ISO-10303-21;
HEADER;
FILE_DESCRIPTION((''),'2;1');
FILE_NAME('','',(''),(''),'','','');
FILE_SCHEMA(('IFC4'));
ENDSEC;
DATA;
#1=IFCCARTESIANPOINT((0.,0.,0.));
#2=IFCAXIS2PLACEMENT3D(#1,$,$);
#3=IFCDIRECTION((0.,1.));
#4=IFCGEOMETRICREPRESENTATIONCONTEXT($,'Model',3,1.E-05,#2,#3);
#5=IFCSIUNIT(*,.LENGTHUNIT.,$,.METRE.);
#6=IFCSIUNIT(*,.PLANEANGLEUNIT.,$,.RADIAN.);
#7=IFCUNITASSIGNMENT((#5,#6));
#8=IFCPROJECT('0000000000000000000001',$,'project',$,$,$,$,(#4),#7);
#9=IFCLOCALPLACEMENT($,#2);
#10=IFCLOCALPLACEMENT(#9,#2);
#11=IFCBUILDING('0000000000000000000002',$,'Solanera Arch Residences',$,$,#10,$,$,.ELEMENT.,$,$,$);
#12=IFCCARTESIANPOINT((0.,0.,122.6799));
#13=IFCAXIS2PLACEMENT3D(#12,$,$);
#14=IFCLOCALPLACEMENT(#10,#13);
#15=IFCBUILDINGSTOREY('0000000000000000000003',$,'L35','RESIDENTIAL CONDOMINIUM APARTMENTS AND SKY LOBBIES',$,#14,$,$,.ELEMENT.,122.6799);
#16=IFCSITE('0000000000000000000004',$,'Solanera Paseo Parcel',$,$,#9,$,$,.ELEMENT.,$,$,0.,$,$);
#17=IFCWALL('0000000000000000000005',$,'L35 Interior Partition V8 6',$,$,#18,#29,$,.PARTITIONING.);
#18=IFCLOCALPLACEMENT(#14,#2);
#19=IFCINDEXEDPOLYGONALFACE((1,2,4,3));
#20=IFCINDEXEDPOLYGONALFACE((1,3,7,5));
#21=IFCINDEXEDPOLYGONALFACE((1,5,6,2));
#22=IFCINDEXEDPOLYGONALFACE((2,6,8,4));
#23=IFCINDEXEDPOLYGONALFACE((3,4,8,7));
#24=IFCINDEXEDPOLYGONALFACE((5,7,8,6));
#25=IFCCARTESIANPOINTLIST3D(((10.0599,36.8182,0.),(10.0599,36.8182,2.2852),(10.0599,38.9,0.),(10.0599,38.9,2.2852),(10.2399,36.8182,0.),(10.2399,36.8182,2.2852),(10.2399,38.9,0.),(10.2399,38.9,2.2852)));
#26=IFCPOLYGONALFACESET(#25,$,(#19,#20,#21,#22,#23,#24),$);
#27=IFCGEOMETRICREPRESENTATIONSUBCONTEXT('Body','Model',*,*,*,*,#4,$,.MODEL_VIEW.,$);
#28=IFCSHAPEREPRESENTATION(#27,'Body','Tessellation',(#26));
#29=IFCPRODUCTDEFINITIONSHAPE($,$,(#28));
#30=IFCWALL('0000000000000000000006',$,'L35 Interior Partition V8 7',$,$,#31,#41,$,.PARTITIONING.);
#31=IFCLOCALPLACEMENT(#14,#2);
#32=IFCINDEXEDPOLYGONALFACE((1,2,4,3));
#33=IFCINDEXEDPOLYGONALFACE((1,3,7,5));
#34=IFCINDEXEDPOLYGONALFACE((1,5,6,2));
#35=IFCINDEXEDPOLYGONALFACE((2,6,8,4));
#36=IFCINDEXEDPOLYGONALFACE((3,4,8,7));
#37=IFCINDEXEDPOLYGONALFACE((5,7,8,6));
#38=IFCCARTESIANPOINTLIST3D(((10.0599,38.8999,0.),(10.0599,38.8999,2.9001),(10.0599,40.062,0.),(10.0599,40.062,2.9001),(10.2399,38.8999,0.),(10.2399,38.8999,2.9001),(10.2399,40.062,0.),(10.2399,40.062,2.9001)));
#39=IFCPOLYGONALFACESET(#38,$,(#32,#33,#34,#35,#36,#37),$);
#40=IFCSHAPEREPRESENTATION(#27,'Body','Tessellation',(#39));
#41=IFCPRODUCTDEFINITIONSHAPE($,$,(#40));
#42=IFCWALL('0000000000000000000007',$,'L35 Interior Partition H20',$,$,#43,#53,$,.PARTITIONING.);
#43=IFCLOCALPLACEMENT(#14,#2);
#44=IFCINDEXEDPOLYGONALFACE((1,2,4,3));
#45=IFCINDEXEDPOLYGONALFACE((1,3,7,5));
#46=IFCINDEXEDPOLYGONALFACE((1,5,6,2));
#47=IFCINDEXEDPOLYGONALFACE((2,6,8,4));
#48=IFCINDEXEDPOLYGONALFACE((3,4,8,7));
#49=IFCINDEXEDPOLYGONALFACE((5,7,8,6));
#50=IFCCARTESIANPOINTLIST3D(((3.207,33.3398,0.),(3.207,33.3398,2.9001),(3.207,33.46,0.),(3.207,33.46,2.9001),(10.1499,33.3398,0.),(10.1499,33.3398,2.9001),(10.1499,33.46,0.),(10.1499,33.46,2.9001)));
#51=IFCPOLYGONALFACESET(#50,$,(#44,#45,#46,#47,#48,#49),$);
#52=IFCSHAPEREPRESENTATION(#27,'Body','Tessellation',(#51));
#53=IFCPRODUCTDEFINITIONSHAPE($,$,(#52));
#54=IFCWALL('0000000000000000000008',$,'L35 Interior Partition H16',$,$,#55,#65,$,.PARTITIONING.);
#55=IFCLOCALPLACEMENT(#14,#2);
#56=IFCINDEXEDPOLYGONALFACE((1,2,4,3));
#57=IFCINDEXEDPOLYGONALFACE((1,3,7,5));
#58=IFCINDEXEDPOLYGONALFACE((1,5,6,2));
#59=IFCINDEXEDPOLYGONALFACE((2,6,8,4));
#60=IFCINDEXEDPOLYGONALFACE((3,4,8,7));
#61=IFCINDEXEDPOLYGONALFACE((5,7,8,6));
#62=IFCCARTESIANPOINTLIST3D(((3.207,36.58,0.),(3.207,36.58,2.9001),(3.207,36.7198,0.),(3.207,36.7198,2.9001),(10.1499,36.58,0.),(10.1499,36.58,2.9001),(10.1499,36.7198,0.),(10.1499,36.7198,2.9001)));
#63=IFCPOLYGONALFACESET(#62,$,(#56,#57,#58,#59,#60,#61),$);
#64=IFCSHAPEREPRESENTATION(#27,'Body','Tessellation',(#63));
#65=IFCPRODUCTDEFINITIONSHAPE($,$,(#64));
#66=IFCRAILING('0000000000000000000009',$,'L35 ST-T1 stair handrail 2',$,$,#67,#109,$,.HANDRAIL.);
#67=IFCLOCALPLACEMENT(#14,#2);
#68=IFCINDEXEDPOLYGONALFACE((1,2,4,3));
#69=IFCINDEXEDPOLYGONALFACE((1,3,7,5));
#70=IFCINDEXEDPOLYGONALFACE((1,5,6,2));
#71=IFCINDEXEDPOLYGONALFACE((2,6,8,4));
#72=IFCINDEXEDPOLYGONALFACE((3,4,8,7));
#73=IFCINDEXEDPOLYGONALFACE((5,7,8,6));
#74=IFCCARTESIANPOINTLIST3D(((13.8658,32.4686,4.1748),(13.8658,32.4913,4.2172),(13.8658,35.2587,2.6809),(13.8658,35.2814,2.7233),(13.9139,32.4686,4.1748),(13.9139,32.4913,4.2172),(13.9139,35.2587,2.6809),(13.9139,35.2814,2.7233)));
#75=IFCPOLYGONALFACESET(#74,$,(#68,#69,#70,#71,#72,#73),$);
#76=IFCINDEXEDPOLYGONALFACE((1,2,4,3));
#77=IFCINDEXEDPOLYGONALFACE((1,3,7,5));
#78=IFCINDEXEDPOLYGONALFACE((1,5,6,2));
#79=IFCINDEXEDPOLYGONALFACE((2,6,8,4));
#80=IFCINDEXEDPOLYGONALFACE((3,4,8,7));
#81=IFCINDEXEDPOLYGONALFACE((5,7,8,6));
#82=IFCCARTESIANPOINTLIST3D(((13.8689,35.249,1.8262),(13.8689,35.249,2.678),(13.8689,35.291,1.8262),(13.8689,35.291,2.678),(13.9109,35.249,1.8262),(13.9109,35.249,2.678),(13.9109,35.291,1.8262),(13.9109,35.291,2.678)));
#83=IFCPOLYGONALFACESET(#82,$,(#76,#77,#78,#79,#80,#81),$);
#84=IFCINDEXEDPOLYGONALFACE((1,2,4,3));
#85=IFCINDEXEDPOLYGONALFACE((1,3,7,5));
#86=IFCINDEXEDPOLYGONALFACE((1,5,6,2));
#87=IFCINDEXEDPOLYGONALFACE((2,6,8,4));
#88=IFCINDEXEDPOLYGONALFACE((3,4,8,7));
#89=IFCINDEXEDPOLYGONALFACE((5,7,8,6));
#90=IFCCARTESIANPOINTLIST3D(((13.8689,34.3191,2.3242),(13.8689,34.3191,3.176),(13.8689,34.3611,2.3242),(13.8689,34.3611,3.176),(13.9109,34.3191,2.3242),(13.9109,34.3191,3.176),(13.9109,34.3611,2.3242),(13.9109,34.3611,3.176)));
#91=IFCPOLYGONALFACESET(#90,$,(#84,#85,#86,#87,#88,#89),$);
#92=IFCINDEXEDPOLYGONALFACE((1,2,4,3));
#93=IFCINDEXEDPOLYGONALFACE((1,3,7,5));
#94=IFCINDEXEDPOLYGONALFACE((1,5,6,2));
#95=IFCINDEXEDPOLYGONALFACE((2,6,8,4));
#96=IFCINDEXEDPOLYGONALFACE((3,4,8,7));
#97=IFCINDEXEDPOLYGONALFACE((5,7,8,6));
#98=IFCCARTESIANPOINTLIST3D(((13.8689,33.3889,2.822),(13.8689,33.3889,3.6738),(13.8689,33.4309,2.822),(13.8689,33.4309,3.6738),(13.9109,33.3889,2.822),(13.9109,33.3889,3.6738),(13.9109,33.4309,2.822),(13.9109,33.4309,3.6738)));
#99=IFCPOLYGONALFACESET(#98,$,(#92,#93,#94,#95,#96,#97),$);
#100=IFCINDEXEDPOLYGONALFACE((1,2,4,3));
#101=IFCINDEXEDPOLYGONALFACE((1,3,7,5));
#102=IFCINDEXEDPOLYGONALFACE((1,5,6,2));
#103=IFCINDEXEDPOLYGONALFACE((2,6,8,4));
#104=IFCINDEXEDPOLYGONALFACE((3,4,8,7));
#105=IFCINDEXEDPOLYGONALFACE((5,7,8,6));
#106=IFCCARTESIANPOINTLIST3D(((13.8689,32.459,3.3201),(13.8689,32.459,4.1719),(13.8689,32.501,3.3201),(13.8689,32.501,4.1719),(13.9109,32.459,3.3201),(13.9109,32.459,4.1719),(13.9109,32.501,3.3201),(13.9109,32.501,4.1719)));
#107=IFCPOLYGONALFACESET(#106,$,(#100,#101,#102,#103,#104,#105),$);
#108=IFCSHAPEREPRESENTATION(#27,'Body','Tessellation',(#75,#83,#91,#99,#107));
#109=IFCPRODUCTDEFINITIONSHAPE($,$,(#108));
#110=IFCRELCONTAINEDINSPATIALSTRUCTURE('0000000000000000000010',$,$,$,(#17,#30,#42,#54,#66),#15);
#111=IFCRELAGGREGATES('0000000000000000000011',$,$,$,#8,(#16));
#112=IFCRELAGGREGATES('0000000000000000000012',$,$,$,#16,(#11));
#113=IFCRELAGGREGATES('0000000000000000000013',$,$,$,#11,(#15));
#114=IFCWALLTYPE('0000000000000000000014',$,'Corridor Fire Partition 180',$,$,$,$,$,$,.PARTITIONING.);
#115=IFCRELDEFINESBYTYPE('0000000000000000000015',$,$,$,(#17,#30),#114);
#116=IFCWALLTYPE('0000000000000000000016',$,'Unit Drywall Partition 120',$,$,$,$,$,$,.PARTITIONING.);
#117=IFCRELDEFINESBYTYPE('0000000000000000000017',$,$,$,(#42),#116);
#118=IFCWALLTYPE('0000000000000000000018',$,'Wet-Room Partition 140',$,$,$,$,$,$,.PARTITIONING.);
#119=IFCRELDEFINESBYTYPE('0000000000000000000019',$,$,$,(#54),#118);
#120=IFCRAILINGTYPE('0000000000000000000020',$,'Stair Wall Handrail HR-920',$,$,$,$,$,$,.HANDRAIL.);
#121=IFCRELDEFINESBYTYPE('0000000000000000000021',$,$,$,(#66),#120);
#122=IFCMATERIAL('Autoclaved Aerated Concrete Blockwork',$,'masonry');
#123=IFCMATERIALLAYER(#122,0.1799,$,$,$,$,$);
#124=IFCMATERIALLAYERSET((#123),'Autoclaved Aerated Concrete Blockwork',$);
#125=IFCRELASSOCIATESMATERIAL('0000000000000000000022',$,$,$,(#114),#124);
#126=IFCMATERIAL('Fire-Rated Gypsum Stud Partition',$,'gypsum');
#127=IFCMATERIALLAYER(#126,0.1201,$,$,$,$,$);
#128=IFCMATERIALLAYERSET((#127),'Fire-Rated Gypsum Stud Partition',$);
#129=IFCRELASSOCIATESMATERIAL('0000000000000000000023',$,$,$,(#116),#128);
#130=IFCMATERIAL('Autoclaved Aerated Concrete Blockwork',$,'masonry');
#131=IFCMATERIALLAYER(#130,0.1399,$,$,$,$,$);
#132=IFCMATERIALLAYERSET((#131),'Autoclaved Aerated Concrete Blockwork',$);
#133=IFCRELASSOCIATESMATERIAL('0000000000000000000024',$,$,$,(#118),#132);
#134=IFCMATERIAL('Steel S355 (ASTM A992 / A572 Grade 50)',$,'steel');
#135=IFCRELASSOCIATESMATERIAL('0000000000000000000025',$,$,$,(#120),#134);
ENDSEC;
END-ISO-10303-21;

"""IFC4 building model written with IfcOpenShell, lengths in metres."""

from ifc_helpers import new_model, si_unit, direction, frame, frame_2d, origin, origin_2d, place, context, subcontext, project, spatial, rectangle, extrude, material, layer, layer_set, type_object, element, save


model = new_model("IFC4")

# Units and contexts
model_context = context("Model", 3, precision=1e-05, world=origin(), true_north=direction((0.0, 1.0)))
body_context = subcontext(model_context, "Body", "Model", "MODEL_VIEW")
ifc_project = project(units=[si_unit("LENGTHUNIT", "METRE"), si_unit("PLANEANGLEUNIT", "RADIAN")], contexts=[model_context])

# Site, building, storey
site_placement = place(None, origin())
site = spatial("IfcSite", under=ifc_project, at=site_placement, Name="Solanera Paseo Parcel", CompositionType="ELEMENT", RefElevation=0.0)
building_placement = place(site_placement, origin())
building = spatial("IfcBuilding", under=site, at=building_placement, Name="Solanera Arch Residences", CompositionType="ELEMENT")
storey_placement = place(building_placement, frame((0.0, 0.0, 122.6799)))
storey = spatial("IfcBuildingStorey", under=building, at=storey_placement, Name="L35", Description="RESIDENTIAL CONDOMINIUM APARTMENTS AND SKY LOBBIES", CompositionType="ELEMENT", Elevation=122.6799)

# Shared definitions
ifc_material_1 = material(Name="Autoclaved Aerated Concrete Blockwork", Category="masonry")
ifc_layer_1 = layer(ifc_material_1, 0.1799)
ifc_layer_set_1 = layer_set([ifc_layer_1], Name="Autoclaved Aerated Concrete Blockwork")
wall_type_1 = type_object("IfcWallType", Name="Corridor Fire Partition 180", PredefinedType="PARTITIONING", material=ifc_layer_set_1)

# Walls
wall_1_placement = place(storey_placement, frame((10.1499, 36.8181, 0.0), z_axis=(0.0, 0.0, 1.0), x_axis=(0.0, 1.0, 0.0)))
element("IfcWall", 1, at=wall_1_placement, inside=storey, type_object=wall_type_1, Name="L35 Interior Partition V8 6", PredefinedType="PARTITIONING", context=body_context, shape_type="SweptSolid", body=[
    extrude(rectangle(XDim=2.0818, YDim=0.1799, at=frame_2d((1.041, 0.0))), origin(), (0.0, 0.0, 1.0), 2.2852),
])
wall_2_placement = place(storey_placement, frame((10.1499, 38.8999, 0.0), z_axis=(0.0, 0.0, 1.0), x_axis=(0.0, 1.0, 0.0)))
element("IfcWall", 2, at=wall_2_placement, inside=storey, type_object=wall_type_1, Name="L35 Interior Partition V8 7", PredefinedType="PARTITIONING", context=body_context, shape_type="SweptSolid", body=[
    extrude(rectangle(XDim=1.1621, YDim=0.1799, at=frame_2d((0.5811, 0.0))), origin(), (0.0, 0.0, 1.0), 2.9001),
])
ifc_material_2 = material(Name="Fire-Rated Gypsum Stud Partition", Category="gypsum")
ifc_layer_2 = layer(ifc_material_2, 0.1201)
ifc_layer_set_2 = layer_set([ifc_layer_2], Name="Fire-Rated Gypsum Stud Partition")
wall_type_2 = type_object("IfcWallType", Name="Unit Drywall Partition 120", PredefinedType="PARTITIONING", material=ifc_layer_set_2)
wall_3_placement = place(storey_placement, frame((3.207, 33.3999, 0.0), z_axis=(0.0, 0.0, 1.0), x_axis=(1.0, 0.0, 0.0)))
element("IfcWall", 3, at=wall_3_placement, inside=storey, type_object=wall_type_2, Name="L35 Interior Partition H20", PredefinedType="PARTITIONING", context=body_context, shape_type="SweptSolid", body=[
    extrude(rectangle(XDim=6.9429, YDim=0.1201, at=frame_2d((3.4714, 0.0))), origin(), (0.0, 0.0, 1.0), 2.9001),
])
ifc_material_3 = material(Name="Autoclaved Aerated Concrete Blockwork", Category="masonry")
ifc_layer_3 = layer(ifc_material_3, 0.1399)
ifc_layer_set_3 = layer_set([ifc_layer_3], Name="Autoclaved Aerated Concrete Blockwork")
wall_type_3 = type_object("IfcWallType", Name="Wet-Room Partition 140", PredefinedType="PARTITIONING", material=ifc_layer_set_3)
wall_4_placement = place(storey_placement, frame((3.207, 36.6499, 0.0), z_axis=(0.0, 0.0, 1.0), x_axis=(1.0, 0.0, 0.0)))
element("IfcWall", 4, at=wall_4_placement, inside=storey, type_object=wall_type_3, Name="L35 Interior Partition H16", PredefinedType="PARTITIONING", context=body_context, shape_type="SweptSolid", body=[
    extrude(rectangle(XDim=6.9429, YDim=0.1399, at=frame_2d((3.4714, 0.0))), origin(), (0.0, 0.0, 1.0), 2.9001),
])

# Railing
ifc_material_4 = material(Name="Steel S355 (ASTM A992 / A572 Grade 50)", Category="steel")
railing_type_1 = type_object("IfcRailingType", Name="Stair Wall Handrail HR-920", PredefinedType="HANDRAIL", material=ifc_material_4)
railing_1_placement = place(storey_placement, frame((13.8899, 35.27, 1.8262)))
element("IfcRailing", 5, at=railing_1_placement, inside=storey, type_object=railing_type_1, Name="L35 ST-T1 stair handrail 2", PredefinedType="HANDRAIL", context=body_context, shape_type="SweptSolid", body=[
    extrude(rectangle(XDim=0.0481, YDim=0.0481, at=origin_2d()), frame((0.0, 0.0, 0.876), z_axis=(0.0, -0.881581, 0.472033), x_axis=(1.0, 0.0, 0.0)), (0.0, 0.0, 1.0), 3.1648),
    extrude(rectangle(XDim=0.042, YDim=0.042, at=origin_2d()), origin(), (0.0, 0.0, 1.0), 0.8518),
    extrude(rectangle(XDim=0.042, YDim=0.042, at=origin_2d()), frame((0.0, -0.9299, 0.498)), (0.0, 0.0, 1.0), 0.8518),
    extrude(rectangle(XDim=0.042, YDim=0.042, at=origin_2d()), frame((0.0, -1.8601, 0.9958)), (0.0, 0.0, 1.0), 0.8518),
    extrude(rectangle(XDim=0.042, YDim=0.042, at=origin_2d()), frame((0.0, -2.79, 1.4939)), (0.0, 0.0, 1.0), 0.8518),
])

save(model, "model.ifc")
